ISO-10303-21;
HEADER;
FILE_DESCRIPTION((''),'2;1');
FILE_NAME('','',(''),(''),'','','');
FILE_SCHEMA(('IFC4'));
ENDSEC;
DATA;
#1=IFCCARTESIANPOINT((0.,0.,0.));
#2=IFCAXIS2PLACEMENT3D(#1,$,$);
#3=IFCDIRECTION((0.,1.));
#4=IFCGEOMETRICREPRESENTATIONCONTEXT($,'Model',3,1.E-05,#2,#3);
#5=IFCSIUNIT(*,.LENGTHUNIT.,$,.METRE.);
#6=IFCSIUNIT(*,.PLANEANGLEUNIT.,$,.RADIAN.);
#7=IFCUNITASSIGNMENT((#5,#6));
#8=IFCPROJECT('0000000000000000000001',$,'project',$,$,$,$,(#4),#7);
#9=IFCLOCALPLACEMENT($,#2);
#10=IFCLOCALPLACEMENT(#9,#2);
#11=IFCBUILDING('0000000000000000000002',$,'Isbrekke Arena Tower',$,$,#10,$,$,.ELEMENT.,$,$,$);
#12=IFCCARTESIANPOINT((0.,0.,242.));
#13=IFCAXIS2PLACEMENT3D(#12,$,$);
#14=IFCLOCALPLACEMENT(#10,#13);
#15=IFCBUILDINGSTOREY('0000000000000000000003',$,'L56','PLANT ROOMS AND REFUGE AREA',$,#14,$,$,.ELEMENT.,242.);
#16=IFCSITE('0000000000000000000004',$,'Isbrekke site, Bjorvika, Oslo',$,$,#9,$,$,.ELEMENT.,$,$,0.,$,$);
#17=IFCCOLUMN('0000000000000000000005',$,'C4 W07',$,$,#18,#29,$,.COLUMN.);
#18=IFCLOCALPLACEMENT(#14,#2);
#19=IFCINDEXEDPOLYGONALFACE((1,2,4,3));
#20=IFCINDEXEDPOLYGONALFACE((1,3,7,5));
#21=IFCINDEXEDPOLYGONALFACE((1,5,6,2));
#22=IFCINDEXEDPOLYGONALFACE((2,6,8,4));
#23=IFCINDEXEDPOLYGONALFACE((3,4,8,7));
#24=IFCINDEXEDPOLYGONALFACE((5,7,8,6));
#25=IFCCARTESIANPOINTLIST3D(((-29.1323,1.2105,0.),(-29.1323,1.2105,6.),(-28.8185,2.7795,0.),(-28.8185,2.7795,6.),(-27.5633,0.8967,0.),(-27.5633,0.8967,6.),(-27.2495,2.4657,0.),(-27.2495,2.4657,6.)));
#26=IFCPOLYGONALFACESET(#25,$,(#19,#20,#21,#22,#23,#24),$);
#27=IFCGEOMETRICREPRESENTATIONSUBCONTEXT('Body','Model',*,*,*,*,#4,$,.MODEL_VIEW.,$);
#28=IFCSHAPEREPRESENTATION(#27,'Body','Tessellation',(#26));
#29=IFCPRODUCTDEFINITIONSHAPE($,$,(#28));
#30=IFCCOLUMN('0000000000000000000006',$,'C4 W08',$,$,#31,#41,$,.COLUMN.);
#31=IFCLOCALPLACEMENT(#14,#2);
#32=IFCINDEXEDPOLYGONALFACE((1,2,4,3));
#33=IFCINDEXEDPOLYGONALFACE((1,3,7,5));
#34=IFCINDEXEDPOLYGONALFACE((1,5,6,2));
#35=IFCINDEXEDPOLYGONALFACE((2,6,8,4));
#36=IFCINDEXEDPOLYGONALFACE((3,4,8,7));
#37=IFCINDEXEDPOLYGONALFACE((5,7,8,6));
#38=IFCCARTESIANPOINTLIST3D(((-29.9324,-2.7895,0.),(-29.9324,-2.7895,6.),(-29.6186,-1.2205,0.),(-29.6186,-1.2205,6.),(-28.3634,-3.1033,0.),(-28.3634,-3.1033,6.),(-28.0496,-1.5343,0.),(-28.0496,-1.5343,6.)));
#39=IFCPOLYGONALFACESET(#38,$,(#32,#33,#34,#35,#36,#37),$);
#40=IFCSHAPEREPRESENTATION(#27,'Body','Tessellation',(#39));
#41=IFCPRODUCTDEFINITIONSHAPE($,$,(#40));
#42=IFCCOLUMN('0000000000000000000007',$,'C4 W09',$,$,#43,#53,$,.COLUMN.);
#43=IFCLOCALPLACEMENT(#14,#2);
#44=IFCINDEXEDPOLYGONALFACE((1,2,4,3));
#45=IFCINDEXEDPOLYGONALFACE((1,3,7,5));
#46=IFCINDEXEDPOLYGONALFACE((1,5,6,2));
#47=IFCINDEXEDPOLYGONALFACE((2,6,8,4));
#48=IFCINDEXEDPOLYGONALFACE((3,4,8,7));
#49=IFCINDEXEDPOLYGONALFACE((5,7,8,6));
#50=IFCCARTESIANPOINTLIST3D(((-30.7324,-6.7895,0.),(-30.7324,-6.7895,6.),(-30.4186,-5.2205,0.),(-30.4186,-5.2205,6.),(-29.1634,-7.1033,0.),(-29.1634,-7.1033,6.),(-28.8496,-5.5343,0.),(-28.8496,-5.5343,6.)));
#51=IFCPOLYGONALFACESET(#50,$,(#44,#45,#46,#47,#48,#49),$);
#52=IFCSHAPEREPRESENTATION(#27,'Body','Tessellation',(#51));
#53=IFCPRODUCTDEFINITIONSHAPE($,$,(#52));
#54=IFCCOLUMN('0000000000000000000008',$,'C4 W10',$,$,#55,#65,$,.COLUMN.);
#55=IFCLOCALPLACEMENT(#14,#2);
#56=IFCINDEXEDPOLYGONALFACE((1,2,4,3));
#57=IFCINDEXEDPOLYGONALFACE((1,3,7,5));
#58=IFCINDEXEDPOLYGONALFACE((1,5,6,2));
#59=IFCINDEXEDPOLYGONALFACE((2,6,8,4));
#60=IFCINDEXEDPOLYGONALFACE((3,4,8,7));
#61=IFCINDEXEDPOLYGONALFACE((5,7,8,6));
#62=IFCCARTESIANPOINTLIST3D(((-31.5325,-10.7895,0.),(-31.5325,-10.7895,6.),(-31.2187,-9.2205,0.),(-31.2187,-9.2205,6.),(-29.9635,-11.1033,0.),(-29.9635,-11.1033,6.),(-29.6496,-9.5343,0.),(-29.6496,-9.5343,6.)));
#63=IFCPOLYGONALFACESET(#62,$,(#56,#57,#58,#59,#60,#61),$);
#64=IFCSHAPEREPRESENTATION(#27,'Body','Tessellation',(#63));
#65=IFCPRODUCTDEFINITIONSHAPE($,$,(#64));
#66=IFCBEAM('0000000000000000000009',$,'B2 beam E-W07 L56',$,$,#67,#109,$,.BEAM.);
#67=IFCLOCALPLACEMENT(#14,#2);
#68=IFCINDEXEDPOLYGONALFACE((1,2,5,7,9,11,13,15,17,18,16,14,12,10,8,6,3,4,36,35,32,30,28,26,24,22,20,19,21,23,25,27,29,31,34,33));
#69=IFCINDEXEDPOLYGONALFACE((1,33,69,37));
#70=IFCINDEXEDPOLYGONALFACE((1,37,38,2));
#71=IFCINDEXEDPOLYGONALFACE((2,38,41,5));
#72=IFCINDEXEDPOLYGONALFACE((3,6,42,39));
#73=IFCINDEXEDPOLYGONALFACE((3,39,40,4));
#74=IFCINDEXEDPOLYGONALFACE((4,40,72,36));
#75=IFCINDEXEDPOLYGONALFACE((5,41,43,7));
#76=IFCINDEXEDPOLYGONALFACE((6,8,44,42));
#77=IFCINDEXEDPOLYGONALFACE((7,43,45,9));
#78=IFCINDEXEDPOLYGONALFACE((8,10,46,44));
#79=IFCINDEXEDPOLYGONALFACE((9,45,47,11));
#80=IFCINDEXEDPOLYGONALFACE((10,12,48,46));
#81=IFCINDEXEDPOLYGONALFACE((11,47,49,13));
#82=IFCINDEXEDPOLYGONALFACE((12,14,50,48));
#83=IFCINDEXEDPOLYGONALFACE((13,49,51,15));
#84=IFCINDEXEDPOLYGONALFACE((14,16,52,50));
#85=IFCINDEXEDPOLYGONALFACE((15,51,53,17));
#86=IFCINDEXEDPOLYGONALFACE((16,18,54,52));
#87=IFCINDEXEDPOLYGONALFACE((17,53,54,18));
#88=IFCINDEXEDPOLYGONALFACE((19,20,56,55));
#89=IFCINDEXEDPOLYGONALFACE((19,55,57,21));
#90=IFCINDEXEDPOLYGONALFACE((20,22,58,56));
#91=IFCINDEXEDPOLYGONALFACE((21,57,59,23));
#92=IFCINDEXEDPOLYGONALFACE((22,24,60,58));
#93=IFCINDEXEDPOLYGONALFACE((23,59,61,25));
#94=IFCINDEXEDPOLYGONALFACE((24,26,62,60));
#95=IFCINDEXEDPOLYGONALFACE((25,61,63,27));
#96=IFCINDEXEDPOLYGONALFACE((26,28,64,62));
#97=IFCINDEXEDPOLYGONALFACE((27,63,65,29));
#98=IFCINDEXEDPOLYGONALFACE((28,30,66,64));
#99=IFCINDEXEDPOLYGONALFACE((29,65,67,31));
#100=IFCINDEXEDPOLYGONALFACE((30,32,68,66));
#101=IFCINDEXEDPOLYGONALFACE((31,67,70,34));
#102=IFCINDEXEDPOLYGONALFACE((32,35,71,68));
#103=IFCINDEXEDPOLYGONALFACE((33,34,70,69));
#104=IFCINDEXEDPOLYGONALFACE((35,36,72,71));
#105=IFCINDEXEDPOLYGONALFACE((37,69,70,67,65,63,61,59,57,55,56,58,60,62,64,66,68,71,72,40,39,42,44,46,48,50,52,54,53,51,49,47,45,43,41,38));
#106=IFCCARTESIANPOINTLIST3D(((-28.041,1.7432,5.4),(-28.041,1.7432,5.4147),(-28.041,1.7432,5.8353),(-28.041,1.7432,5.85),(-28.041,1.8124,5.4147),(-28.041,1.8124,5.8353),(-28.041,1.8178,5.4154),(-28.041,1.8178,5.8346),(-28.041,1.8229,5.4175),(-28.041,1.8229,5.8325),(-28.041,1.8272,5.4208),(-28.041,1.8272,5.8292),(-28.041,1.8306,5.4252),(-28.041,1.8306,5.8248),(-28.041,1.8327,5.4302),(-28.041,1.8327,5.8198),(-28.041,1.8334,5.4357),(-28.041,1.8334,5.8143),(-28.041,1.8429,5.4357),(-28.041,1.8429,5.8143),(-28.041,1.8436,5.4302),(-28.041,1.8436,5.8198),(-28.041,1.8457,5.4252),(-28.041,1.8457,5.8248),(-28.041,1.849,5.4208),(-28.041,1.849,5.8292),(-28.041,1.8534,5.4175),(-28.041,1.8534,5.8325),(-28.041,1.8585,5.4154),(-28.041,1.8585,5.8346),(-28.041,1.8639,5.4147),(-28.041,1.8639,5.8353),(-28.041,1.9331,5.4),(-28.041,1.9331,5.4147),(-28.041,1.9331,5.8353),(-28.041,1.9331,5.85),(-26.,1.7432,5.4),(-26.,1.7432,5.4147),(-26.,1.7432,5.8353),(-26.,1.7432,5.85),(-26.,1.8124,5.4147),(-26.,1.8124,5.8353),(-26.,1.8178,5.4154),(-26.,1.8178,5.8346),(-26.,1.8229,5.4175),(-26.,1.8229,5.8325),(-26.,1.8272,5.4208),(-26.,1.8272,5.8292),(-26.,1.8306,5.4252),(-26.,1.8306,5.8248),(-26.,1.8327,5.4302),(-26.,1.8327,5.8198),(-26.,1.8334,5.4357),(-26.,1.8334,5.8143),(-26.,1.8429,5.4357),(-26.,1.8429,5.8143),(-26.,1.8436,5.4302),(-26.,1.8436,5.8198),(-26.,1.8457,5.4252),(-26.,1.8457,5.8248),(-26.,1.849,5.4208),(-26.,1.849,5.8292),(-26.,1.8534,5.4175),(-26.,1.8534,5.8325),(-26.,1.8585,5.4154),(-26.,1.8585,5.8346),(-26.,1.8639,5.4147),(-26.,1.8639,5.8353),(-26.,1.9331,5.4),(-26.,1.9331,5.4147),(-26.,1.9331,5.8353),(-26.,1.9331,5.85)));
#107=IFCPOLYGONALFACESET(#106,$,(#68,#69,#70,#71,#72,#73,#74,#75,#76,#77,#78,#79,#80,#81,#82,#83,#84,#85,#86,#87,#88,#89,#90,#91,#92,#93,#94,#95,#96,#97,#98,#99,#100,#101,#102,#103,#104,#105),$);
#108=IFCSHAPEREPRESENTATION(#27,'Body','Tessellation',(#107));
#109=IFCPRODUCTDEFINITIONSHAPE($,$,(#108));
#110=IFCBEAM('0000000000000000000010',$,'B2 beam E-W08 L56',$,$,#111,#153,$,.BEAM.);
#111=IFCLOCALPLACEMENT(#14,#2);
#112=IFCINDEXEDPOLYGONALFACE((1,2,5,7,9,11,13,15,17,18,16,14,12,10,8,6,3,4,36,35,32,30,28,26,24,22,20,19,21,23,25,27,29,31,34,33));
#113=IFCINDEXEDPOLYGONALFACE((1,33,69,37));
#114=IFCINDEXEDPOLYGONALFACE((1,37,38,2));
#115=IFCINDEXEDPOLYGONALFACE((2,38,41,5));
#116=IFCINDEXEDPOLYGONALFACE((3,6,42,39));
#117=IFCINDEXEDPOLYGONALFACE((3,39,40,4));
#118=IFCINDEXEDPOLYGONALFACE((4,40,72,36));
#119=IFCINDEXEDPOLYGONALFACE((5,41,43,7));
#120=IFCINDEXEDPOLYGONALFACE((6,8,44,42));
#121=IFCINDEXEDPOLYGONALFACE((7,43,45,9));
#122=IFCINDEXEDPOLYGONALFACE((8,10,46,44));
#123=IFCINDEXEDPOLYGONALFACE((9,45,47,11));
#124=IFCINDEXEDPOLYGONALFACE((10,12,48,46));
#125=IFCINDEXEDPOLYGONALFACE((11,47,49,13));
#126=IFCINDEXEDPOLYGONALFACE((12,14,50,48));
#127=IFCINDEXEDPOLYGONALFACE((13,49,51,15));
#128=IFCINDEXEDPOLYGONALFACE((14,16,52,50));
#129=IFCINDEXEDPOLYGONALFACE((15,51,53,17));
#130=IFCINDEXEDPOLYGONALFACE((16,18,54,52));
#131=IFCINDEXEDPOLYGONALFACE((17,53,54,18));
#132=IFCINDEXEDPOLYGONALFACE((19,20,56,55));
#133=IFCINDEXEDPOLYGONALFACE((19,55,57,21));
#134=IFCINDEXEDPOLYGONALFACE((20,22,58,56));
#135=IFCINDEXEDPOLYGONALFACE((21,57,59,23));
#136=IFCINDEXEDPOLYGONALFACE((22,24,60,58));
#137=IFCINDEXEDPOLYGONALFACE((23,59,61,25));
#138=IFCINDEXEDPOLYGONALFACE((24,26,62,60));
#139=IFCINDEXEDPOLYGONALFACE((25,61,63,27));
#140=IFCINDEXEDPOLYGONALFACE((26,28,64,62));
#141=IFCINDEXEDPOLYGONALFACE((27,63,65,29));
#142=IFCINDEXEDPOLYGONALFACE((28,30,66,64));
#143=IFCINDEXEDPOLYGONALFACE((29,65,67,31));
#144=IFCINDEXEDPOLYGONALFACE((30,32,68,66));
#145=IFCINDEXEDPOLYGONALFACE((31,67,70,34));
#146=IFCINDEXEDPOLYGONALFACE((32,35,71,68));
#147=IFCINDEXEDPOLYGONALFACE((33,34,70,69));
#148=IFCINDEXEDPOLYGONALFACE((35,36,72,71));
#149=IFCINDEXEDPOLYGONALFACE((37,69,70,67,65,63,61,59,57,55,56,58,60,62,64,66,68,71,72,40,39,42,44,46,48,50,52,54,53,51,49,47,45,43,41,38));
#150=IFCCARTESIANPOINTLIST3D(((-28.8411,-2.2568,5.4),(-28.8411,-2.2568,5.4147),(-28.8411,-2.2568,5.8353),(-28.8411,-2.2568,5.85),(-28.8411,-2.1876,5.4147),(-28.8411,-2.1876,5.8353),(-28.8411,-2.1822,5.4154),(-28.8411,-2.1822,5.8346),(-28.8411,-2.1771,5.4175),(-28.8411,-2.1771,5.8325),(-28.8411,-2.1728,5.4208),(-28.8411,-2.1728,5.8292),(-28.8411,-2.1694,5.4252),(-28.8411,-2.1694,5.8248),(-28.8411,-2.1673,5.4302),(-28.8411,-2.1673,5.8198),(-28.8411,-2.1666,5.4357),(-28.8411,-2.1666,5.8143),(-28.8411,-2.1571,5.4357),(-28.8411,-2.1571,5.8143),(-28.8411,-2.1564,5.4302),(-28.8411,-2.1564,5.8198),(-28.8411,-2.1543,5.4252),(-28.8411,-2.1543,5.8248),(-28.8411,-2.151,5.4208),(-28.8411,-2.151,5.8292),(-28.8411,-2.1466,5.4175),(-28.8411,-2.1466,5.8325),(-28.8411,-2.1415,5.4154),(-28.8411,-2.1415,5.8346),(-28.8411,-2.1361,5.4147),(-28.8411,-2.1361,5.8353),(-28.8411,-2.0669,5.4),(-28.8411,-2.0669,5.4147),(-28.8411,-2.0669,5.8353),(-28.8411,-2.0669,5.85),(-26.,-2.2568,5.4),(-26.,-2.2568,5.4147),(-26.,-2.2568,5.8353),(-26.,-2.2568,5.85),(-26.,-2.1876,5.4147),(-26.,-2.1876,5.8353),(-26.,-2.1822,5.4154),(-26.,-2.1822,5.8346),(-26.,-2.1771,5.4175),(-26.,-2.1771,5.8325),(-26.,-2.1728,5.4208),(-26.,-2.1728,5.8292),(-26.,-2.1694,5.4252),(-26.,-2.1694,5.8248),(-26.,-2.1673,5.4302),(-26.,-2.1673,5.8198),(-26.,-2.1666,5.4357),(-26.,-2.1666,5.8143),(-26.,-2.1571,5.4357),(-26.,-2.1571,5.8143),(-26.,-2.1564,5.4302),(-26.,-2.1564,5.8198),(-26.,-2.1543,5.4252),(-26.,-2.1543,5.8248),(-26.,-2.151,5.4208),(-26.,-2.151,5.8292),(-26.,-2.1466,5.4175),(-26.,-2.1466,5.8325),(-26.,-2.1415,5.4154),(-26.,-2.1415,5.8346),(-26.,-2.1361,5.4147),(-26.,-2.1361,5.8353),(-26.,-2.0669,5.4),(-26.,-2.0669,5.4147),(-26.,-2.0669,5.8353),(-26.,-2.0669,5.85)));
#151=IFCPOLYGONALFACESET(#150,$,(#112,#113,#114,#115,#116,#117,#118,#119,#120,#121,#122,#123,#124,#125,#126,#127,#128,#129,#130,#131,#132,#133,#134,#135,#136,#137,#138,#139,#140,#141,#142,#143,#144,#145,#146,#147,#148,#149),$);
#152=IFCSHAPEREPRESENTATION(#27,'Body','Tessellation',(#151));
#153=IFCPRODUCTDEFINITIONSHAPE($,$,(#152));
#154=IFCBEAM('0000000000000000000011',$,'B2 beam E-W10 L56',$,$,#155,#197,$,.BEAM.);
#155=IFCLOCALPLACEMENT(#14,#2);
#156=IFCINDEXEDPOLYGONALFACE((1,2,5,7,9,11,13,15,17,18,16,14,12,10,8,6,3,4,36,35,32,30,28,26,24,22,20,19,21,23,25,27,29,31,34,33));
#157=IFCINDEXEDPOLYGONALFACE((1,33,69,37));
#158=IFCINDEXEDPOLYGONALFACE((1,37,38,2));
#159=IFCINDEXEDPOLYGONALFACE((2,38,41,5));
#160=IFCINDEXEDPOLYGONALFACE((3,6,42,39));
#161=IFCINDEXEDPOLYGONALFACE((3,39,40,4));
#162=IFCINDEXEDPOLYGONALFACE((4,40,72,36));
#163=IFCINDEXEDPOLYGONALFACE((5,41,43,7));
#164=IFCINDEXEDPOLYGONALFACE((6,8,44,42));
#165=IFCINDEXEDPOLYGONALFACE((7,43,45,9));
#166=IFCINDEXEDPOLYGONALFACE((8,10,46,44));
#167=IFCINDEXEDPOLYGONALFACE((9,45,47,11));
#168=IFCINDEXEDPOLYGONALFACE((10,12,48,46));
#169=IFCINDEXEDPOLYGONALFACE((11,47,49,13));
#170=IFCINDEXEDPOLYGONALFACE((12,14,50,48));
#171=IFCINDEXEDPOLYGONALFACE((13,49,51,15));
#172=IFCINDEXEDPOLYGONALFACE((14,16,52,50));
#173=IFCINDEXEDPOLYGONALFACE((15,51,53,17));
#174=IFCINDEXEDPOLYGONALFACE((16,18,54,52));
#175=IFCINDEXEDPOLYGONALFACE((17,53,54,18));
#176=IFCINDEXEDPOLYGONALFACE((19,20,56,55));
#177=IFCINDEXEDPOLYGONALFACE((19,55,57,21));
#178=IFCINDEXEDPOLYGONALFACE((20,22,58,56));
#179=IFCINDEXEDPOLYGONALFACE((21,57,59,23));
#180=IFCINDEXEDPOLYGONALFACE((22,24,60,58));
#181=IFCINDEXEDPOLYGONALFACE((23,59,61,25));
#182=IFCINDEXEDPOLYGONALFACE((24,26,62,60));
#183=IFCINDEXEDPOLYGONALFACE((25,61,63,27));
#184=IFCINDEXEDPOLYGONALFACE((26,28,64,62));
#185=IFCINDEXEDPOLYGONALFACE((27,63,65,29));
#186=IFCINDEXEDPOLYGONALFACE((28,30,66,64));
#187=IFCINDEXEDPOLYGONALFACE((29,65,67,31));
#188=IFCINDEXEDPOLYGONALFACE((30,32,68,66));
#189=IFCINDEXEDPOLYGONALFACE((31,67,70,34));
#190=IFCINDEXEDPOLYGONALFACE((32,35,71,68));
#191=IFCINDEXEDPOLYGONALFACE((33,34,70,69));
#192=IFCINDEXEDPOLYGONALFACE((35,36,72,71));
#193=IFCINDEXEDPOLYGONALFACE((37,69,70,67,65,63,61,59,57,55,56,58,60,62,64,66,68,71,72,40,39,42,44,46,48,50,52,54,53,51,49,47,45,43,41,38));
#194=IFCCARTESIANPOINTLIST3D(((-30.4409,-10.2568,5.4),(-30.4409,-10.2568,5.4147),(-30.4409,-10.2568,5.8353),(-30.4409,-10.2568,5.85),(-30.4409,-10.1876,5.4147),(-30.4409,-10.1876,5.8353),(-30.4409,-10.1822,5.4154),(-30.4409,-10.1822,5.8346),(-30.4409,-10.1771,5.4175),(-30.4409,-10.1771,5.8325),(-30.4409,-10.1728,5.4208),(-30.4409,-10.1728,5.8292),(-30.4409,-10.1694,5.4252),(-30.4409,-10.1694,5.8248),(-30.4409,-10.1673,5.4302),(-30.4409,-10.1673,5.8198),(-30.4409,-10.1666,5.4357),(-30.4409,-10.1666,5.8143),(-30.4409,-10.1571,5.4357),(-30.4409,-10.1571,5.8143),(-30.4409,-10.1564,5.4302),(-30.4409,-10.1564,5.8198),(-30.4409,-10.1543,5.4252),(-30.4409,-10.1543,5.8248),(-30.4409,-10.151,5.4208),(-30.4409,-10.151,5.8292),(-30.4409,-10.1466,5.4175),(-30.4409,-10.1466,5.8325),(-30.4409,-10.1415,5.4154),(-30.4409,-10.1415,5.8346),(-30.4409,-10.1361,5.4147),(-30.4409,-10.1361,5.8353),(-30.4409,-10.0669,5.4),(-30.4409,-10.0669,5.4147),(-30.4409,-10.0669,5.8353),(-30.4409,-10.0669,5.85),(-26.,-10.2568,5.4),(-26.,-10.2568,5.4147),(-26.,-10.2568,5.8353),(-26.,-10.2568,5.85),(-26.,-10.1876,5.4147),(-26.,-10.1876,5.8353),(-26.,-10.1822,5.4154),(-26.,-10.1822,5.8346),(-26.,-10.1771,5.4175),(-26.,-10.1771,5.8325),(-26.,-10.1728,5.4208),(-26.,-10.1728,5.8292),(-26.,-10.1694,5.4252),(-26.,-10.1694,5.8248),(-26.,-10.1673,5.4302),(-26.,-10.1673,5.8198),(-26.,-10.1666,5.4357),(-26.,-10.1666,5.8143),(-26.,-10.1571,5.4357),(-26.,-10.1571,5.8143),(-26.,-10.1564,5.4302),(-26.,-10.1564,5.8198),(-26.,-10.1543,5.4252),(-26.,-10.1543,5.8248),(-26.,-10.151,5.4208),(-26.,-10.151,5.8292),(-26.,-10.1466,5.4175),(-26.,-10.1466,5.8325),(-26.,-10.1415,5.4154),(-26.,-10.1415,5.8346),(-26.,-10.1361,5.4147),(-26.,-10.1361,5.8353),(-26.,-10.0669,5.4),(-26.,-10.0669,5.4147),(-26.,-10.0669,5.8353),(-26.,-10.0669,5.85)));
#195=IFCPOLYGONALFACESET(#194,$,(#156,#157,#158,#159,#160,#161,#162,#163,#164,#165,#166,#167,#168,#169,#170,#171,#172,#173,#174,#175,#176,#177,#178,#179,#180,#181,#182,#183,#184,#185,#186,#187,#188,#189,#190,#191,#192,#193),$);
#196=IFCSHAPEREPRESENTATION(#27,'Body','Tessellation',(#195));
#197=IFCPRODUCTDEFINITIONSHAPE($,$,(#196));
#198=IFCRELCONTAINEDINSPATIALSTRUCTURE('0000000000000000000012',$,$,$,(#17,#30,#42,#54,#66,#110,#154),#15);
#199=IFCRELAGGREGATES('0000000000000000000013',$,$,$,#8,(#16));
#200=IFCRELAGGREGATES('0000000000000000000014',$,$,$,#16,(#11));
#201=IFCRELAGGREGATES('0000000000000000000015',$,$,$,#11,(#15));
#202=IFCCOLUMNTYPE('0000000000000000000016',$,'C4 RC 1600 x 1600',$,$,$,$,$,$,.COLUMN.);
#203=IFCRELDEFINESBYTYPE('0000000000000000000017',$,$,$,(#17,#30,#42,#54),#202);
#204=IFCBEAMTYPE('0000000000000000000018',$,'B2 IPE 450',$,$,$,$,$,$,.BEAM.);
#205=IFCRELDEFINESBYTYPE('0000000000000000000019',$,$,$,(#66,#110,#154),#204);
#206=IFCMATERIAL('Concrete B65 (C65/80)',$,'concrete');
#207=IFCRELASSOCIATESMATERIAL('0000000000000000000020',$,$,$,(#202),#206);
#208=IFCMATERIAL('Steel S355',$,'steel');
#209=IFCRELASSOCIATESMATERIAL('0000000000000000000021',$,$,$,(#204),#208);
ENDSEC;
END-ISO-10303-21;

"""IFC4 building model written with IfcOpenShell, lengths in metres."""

from ifc_helpers import new_model, si_unit, direction, frame, origin, origin_2d, place, context, subcontext, project, spatial, rectangle, i_section, extrude, material, material_profile, profile_set, type_object, element, save


model = new_model("IFC4")

# Units and contexts
model_context = context("Model", 3, precision=1e-05, world=origin(), true_north=direction((0.0, 1.0)))
body_context = subcontext(model_context, "Body", "Model", "MODEL_VIEW")
ifc_project = project(units=[si_unit("LENGTHUNIT", "METRE"), si_unit("PLANEANGLEUNIT", "RADIAN")], contexts=[model_context])

# Site, building, storey
site_placement = place(None, origin())
site = spatial("IfcSite", under=ifc_project, at=site_placement, Name="Isbrekke site, Bjorvika, Oslo", CompositionType="ELEMENT", RefElevation=0.0)
building_placement = place(site_placement, origin())
building = spatial("IfcBuilding", under=site, at=building_placement, Name="Isbrekke Arena Tower", CompositionType="ELEMENT")
storey_placement = place(building_placement, frame((0.0, 0.0, 242.0)))
storey = spatial("IfcBuildingStorey", under=building, at=storey_placement, Name="L56", Description="PLANT ROOMS AND REFUGE AREA", CompositionType="ELEMENT", Elevation=242.0)

# Columns
ifc_material_1 = material(Name="Concrete B65 (C65/80)", Category="concrete")
ifc_material_profile_1 = material_profile(ifc_material_1, rectangle(XDim=1.6001, YDim=1.6001, at=origin_2d()), Name="RC 1600x1600")
ifc_profile_set_1 = profile_set([ifc_material_profile_1], Name="Concrete B65 (C65/80)")
column_type = type_object("IfcColumnType", Name="C4 RC 1600 x 1600", PredefinedType="COLUMN", material=ifc_profile_set_1)
for number, where, z_axis, x_axis, name in (
    (1, (-28.1909, 1.8381, 0.0), (0.0, 0.0, 1.0), (-0.196116, -0.980581, 0.0), "C4 W07"),
    (2, (-28.991, -2.1619, 0.0), (0.0, 0.0, 1.0), (-0.196116, -0.980581, 0.0), "C4 W08"),
    (3, (-29.791, -6.1619, 0.0), (0.0, 0.0, 1.0), (-0.196116, -0.980581, 0.0), "C4 W09"),
    (4, (-30.5911, -10.1619, 0.0), (0.0, 0.0, 1.0), (-0.196116, -0.980581, 0.0), "C4 W10"),
):
    element("IfcColumn", number, at=place(storey_placement, frame(where, z_axis=z_axis, x_axis=x_axis)), inside=storey, type_object=column_type, Name=name, PredefinedType="COLUMN", context=body_context, shape_type="SweptSolid", body=[
        extrude(rectangle(XDim=1.6001, YDim=1.6001, at=origin_2d()), origin(), (0.0, 0.0, 1.0), 6.0),
    ])

# Beams
ifc_material_2 = material(Name="Steel S355", Category="steel")
ifc_material_profile_2 = material_profile(ifc_material_2, i_section(OverallWidth=0.1899, OverallDepth=0.45, WebThickness=0.0095, FlangeThickness=0.0146, FilletRadius=0.021, at=origin_2d()), Name="IPE 450")
ifc_profile_set_2 = profile_set([ifc_material_profile_2], Name="Steel S355")
beam_type_1 = type_object("IfcBeamType", Name="B2 IPE 450", PredefinedType="BEAM", material=ifc_profile_set_2)
beam_1_placement = place(storey_placement, frame((-28.041, 1.8381, 5.625), z_axis=(1.0, 0.0, 0.0), x_axis=(0.0, 1.0, 0.0)))
element("IfcBeam", 5, at=beam_1_placement, inside=storey, type_object=beam_type_1, Name="B2 beam E-W07 L56", PredefinedType="BEAM", context=body_context, shape_type="SweptSolid", body=[
    extrude(i_section(OverallWidth=0.1899, OverallDepth=0.45, WebThickness=0.0095, FlangeThickness=0.0146, FilletRadius=0.021, at=origin_2d()), origin(), (0.0, 0.0, 1.0), 2.041),
])
beam_2_placement = place(storey_placement, frame((-28.8411, -2.1619, 5.625), z_axis=(1.0, 0.0, 0.0), x_axis=(0.0, 1.0, 0.0)))
element("IfcBeam", 6, at=beam_2_placement, inside=storey, type_object=beam_type_1, Name="B2 beam E-W08 L56", PredefinedType="BEAM", context=body_context, shape_type="SweptSolid", body=[
    extrude(i_section(OverallWidth=0.1899, OverallDepth=0.45, WebThickness=0.0095, FlangeThickness=0.0146, FilletRadius=0.021, at=origin_2d()), origin(), (0.0, 0.0, 1.0), 2.8411),
])
beam_3_placement = place(storey_placement, frame((-30.4409, -10.1619, 5.625), z_axis=(1.0, 0.0, 0.0), x_axis=(0.0, 1.0, 0.0)))
element("IfcBeam", 7, at=beam_3_placement, inside=storey, type_object=beam_type_1, Name="B2 beam E-W10 L56", PredefinedType="BEAM", context=body_context, shape_type="SweptSolid", body=[
    extrude(i_section(OverallWidth=0.1899, OverallDepth=0.45, WebThickness=0.0095, FlangeThickness=0.0146, FilletRadius=0.021, at=origin_2d()), origin(), (0.0, 0.0, 1.0), 4.4409),
])

save(model, "model.ifc")
